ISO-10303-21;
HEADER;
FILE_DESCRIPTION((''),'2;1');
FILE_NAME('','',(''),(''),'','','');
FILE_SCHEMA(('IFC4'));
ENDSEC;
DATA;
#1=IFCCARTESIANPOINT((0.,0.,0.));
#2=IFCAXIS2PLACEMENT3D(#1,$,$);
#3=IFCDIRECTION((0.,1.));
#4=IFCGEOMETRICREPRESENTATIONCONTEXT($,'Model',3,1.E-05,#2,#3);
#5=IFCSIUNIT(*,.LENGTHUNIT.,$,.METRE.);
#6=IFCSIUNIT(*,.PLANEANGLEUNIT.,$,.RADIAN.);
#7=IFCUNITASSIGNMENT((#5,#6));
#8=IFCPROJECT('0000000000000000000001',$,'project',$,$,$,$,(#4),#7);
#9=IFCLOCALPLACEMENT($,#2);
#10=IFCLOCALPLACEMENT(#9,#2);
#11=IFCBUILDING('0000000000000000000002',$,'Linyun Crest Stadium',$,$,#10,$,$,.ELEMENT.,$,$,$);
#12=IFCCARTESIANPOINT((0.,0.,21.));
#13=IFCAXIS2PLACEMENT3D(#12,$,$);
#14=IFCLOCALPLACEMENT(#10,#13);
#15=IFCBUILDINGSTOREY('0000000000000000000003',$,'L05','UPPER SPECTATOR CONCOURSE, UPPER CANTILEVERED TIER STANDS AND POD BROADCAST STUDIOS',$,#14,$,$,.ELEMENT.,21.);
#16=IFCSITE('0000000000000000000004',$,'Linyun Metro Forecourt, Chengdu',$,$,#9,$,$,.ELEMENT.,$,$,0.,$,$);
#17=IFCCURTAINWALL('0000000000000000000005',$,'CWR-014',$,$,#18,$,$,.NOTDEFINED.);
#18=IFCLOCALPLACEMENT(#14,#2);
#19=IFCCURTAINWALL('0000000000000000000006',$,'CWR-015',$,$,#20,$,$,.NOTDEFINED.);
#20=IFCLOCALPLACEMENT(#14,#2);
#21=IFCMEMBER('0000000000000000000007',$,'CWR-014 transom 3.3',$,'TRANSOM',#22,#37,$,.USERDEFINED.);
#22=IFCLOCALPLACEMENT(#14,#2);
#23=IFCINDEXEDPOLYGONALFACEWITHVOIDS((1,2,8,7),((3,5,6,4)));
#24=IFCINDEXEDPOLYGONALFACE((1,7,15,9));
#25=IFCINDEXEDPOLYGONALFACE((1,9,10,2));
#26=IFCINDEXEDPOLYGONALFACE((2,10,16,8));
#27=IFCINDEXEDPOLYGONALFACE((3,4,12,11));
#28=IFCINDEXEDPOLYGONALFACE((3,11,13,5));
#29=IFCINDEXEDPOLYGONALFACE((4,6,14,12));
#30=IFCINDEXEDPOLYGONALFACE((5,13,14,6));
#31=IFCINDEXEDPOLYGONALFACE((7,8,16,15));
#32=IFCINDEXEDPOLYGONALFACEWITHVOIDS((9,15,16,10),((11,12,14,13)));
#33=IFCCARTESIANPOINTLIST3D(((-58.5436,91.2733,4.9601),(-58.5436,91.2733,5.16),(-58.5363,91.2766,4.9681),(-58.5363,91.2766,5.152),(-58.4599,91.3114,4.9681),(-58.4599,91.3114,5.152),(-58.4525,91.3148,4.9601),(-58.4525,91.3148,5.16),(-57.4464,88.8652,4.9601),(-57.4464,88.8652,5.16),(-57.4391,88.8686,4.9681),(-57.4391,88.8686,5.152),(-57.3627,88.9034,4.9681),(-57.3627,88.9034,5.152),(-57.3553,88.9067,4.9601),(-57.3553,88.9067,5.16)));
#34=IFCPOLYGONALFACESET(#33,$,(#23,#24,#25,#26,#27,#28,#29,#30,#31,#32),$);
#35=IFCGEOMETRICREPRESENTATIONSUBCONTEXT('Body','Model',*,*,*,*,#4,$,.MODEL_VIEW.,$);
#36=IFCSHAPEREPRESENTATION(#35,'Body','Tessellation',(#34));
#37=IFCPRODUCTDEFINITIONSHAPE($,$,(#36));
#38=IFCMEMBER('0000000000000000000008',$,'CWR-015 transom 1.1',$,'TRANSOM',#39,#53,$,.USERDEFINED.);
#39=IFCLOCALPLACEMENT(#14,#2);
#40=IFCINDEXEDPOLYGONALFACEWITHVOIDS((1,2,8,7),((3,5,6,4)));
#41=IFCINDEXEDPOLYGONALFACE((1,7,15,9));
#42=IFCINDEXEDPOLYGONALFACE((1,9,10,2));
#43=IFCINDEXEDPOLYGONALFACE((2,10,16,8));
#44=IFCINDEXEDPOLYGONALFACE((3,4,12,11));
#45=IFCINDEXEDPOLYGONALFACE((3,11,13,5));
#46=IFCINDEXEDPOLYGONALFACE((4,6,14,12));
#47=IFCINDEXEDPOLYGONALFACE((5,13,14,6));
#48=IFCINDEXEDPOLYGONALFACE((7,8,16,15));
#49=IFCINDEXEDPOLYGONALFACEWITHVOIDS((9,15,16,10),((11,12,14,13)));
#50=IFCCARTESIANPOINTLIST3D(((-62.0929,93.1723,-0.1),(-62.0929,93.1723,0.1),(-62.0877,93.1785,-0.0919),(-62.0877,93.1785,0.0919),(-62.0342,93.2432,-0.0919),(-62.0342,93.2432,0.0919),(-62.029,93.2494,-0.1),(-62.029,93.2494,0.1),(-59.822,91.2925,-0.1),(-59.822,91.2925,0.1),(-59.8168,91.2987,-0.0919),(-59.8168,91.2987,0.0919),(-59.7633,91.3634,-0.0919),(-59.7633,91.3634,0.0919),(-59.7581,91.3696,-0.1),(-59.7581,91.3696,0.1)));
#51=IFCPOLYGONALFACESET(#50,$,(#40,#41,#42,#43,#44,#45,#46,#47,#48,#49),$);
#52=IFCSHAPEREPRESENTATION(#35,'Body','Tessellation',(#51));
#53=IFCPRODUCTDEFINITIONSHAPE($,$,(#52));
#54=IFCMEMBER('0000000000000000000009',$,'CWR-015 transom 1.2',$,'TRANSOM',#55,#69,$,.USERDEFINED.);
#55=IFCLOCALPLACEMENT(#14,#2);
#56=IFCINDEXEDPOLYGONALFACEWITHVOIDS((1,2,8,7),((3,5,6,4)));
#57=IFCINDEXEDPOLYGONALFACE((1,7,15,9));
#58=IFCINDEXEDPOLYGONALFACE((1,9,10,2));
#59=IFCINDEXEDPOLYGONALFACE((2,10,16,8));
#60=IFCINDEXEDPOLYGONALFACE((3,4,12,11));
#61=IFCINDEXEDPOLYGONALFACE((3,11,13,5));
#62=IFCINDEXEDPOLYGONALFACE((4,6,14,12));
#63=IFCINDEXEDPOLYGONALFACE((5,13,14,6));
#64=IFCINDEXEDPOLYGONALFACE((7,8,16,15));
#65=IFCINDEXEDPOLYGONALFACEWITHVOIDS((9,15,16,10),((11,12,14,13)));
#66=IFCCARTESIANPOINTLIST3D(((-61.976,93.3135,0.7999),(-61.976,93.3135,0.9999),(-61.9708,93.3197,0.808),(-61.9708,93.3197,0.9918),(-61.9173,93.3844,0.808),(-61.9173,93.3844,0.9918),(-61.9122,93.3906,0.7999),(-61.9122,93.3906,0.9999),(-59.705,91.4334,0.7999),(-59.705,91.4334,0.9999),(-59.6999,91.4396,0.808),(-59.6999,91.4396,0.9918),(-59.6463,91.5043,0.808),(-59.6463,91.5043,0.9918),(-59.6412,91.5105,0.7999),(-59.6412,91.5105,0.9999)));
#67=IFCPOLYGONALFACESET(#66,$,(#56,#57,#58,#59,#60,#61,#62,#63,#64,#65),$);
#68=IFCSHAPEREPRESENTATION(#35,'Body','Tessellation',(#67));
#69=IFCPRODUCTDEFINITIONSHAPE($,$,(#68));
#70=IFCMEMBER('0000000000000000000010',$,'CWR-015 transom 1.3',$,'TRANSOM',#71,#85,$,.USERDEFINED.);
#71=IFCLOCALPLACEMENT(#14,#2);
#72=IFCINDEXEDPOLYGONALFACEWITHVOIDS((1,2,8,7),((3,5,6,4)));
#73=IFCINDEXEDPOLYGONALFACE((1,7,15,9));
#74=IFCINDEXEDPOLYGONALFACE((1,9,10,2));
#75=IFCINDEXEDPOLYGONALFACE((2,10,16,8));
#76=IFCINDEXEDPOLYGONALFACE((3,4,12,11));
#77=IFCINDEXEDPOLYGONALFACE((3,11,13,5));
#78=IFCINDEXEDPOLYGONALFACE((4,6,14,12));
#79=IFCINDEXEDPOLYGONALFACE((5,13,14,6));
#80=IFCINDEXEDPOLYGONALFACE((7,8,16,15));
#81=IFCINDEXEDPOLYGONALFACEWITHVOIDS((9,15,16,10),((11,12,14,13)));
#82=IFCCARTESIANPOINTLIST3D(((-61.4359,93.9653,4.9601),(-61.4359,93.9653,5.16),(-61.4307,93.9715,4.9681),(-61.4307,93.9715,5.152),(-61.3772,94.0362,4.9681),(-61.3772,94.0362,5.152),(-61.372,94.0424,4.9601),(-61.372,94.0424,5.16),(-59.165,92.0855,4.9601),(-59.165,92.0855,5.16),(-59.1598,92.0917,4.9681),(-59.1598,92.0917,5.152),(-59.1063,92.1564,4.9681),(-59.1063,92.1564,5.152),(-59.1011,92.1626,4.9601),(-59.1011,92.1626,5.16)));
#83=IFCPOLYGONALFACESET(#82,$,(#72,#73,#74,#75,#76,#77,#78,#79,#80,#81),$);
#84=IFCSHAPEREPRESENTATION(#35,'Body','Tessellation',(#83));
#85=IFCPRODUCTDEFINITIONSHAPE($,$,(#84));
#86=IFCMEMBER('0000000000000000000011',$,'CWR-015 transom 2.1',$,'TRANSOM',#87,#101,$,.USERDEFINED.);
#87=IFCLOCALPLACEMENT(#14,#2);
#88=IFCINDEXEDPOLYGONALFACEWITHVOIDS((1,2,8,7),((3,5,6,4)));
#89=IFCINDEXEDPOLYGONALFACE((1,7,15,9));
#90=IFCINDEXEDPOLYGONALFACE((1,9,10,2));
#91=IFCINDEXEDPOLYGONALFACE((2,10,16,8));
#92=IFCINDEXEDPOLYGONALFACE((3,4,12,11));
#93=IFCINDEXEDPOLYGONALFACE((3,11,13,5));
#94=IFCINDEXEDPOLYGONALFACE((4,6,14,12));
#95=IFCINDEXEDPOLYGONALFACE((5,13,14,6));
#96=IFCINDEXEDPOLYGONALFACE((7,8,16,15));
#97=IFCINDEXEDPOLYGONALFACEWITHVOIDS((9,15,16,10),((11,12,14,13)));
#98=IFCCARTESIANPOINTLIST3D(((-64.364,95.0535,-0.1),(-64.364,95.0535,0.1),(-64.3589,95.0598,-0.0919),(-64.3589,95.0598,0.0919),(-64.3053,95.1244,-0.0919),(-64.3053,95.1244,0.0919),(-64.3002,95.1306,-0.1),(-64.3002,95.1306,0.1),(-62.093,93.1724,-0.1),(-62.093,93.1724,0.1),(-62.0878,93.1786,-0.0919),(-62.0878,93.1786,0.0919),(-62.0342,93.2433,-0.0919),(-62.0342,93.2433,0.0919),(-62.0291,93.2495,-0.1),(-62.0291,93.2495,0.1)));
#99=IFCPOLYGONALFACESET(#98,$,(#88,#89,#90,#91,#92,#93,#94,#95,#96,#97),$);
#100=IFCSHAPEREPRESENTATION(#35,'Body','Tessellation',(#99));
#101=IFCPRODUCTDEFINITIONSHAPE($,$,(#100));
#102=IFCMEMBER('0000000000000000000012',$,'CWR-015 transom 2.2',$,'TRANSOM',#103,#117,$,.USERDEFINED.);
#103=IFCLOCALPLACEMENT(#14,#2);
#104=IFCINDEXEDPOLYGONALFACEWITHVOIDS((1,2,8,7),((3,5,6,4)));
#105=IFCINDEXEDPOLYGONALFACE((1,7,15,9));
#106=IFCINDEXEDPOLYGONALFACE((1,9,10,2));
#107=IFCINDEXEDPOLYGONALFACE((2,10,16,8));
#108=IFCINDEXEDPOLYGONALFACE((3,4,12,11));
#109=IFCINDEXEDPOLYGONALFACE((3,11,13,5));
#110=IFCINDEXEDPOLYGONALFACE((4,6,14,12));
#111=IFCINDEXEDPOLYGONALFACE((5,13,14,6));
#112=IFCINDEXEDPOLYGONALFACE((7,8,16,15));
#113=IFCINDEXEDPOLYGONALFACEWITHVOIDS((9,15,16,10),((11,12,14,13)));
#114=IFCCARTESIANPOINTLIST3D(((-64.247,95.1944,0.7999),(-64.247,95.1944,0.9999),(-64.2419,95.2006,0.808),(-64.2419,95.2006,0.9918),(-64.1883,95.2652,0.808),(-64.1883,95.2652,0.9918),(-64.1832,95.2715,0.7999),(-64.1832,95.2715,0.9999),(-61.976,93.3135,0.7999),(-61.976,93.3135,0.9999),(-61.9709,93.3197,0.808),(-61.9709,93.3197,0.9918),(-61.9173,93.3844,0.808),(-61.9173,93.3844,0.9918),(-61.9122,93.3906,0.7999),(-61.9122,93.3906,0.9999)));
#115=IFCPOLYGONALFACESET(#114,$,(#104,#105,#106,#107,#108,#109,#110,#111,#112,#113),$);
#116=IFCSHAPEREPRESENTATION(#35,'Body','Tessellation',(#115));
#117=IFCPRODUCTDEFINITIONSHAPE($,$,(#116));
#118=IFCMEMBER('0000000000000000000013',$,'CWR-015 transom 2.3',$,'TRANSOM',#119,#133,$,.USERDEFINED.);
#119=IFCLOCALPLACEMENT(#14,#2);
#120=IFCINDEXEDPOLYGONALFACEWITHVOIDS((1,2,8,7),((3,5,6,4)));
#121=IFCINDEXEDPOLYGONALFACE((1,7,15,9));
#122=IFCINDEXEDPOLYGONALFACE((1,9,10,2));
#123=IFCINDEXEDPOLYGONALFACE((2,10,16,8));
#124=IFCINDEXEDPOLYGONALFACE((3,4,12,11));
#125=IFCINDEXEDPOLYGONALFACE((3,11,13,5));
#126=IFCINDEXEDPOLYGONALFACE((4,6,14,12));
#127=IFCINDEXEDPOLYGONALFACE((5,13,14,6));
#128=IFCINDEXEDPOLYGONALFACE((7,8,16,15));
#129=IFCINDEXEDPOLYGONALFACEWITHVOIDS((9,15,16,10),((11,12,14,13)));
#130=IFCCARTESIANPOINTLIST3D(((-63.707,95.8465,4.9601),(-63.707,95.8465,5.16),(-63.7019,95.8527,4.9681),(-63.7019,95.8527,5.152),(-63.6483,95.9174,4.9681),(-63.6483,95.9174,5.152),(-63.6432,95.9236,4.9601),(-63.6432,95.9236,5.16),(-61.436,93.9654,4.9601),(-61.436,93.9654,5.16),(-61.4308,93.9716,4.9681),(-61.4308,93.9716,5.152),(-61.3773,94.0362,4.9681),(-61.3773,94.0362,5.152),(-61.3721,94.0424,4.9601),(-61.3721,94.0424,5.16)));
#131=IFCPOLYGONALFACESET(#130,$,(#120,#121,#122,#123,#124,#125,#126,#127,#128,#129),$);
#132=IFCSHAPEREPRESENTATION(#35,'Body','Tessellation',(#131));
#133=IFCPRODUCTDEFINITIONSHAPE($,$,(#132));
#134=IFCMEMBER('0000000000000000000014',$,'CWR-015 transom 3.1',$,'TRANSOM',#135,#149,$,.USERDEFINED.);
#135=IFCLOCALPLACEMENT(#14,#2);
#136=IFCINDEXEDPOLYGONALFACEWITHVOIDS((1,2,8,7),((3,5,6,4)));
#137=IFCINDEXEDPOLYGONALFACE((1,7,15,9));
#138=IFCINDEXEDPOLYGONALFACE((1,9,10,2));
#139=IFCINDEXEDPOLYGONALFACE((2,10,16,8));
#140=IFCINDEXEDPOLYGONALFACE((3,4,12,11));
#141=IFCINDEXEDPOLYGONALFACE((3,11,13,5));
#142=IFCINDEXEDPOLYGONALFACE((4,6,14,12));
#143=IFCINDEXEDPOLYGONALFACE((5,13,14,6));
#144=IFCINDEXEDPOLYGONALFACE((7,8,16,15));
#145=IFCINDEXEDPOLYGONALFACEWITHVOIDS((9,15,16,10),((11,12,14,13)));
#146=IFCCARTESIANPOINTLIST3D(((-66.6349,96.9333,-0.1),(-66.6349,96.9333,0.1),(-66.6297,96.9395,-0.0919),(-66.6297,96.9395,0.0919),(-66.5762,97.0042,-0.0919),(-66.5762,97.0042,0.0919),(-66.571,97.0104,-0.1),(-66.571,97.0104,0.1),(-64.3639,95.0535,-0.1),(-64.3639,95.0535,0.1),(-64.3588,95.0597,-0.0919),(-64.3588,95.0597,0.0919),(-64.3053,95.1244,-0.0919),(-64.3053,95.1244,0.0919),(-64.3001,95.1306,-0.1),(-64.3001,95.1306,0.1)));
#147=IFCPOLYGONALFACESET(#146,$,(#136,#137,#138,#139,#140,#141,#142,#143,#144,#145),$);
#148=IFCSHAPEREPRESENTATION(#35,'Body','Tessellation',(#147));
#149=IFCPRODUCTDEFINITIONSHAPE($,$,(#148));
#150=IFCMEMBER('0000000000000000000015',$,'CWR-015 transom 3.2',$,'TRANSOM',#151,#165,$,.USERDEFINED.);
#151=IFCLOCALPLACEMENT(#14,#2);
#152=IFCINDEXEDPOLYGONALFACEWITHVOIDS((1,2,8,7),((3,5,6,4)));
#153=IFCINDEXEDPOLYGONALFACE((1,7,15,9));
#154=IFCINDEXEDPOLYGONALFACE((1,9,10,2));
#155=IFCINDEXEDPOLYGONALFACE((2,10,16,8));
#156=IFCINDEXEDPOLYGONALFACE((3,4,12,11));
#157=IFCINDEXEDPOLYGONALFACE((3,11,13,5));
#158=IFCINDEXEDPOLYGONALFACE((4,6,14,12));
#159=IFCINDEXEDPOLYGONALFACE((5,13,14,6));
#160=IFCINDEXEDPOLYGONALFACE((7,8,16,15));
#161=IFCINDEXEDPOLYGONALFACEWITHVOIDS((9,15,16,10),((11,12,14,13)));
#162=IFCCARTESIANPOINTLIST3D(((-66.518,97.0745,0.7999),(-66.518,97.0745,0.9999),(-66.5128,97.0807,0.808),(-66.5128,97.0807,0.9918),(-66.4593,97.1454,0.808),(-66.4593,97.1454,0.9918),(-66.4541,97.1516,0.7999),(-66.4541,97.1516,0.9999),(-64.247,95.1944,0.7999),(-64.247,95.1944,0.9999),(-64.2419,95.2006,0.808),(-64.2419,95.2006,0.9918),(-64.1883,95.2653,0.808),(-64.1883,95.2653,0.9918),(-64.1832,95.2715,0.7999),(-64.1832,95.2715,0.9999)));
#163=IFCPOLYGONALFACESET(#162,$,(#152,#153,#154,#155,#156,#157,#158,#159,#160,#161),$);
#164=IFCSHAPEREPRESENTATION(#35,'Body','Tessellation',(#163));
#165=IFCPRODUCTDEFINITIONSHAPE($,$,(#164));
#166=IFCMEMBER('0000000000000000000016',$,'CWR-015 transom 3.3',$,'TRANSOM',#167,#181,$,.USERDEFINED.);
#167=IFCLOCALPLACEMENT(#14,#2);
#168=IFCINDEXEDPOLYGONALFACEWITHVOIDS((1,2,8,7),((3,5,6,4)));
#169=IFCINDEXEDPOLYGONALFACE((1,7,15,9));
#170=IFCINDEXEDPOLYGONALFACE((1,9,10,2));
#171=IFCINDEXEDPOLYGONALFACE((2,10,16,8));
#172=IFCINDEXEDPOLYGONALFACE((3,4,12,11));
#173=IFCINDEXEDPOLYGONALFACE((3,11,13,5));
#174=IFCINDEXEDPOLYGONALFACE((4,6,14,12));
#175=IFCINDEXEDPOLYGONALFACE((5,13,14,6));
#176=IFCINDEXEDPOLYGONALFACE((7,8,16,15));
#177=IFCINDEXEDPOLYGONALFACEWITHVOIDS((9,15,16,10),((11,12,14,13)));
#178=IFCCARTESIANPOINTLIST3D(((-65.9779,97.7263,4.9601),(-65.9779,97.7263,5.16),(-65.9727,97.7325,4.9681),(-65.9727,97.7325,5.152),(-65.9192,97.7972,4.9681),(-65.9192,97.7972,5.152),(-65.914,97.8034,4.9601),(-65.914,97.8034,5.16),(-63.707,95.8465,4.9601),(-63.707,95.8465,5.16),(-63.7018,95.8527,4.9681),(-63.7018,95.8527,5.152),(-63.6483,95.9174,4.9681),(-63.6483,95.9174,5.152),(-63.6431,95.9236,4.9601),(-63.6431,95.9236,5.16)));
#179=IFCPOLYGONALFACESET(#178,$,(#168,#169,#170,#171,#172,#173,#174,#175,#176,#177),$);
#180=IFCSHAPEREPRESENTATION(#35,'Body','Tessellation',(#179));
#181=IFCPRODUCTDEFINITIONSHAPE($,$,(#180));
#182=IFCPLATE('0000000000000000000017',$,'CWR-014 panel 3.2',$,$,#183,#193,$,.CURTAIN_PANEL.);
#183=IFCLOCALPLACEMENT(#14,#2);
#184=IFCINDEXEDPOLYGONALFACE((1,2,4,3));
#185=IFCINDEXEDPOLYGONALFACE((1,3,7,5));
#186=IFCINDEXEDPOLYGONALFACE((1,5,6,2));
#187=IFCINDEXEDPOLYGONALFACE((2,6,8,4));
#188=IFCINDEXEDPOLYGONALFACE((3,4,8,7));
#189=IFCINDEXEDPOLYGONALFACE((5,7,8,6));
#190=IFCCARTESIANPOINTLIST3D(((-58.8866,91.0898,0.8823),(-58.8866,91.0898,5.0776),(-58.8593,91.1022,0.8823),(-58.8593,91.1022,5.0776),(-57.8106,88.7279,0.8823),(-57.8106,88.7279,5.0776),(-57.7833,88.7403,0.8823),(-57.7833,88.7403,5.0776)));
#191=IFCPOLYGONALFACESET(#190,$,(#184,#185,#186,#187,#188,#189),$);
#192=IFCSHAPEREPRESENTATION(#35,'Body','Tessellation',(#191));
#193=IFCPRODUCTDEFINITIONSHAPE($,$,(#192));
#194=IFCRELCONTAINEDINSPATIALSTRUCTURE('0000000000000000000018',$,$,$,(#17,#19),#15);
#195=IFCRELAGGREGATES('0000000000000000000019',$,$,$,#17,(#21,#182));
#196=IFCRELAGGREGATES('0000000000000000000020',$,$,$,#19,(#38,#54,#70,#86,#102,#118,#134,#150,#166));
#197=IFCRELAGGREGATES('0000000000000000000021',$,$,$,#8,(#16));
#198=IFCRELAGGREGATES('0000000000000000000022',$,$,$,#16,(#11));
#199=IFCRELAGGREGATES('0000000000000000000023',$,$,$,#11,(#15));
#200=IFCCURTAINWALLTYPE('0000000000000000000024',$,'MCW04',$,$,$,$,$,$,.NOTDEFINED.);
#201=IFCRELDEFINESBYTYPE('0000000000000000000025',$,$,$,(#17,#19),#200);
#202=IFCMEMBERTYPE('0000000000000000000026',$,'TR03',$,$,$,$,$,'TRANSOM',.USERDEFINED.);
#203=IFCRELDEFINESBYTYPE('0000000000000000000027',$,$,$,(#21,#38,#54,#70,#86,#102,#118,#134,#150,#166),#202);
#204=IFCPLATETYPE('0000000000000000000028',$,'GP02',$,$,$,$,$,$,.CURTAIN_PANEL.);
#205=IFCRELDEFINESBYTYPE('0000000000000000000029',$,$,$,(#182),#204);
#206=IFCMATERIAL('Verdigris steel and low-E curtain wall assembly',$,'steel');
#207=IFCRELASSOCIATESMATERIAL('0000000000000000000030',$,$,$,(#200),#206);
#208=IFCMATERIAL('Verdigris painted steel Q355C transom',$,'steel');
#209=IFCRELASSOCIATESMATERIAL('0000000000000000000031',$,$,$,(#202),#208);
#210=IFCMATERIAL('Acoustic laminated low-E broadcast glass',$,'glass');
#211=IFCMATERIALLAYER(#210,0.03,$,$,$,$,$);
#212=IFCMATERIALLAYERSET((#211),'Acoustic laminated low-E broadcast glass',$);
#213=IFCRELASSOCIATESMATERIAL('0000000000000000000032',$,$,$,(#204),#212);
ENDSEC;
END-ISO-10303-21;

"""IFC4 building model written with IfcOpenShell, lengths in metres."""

from ifc_helpers import new_model, si_unit, direction, frame, origin, origin_2d, place, context, subcontext, project, spatial, rectangle, hollow_rectangle, extrude, material, layer, layer_set, material_profile, profile_set, type_object, element, aggregate, save


model = new_model("IFC4")

# Units and contexts
model_context = context("Model", 3, precision=1e-05, world=origin(), true_north=direction((0.0, 1.0)))
body_context = subcontext(model_context, "Body", "Model", "MODEL_VIEW")
ifc_project = project(units=[si_unit("LENGTHUNIT", "METRE"), si_unit("PLANEANGLEUNIT", "RADIAN")], contexts=[model_context])

# Site, building, storey
site_placement = place(None, origin())
site = spatial("IfcSite", under=ifc_project, at=site_placement, Name="Linyun Metro Forecourt, Chengdu", CompositionType="ELEMENT", RefElevation=0.0)
building_placement = place(site_placement, origin())
building = spatial("IfcBuilding", under=site, at=building_placement, Name="Linyun Crest Stadium", CompositionType="ELEMENT")
storey_placement = place(building_placement, frame((0.0, 0.0, 21.0)))
storey = spatial("IfcBuildingStorey", under=building, at=storey_placement, Name="L05", Description="UPPER SPECTATOR CONCOURSE, UPPER CANTILEVERED TIER STANDS AND POD BROADCAST STUDIOS", CompositionType="ELEMENT", Elevation=21.0)

# Curtain wall
ifc_material_1 = material(Name="Verdigris steel and low-E curtain wall assembly", Category="steel")
curtain_wall_type = type_object("IfcCurtainWallType", Name="MCW04", PredefinedType="NOTDEFINED", material=ifc_material_1)
curtain_wall_1_placement = place(storey_placement, origin())
curtain_wall_1 = element("IfcCurtainWall", 1, at=curtain_wall_1_placement, inside=storey, type_object=curtain_wall_type, Name="CWR-014", PredefinedType="NOTDEFINED")

# Curtain wall
curtain_wall_2_placement = place(storey_placement, origin())
curtain_wall_2 = element("IfcCurtainWall", 2, at=curtain_wall_2_placement, inside=storey, type_object=curtain_wall_type, Name="CWR-015", PredefinedType="NOTDEFINED")

# Members
ifc_material_2 = material(Name="Verdigris painted steel Q355C transom", Category="steel")
ifc_material_profile_1 = material_profile(ifc_material_2, hollow_rectangle(XDim=0.1001, YDim=0.2, WallThickness=0.0081, at=origin_2d()), Name="RHS 200x100x8")
ifc_profile_set_1 = profile_set([ifc_material_profile_1], Name="Verdigris painted steel Q355C transom")
member_type_1 = type_object("IfcMemberType", Name="TR03", ElementType="TRANSOM", PredefinedType="USERDEFINED", material=ifc_profile_set_1)
member_1_placement = place(storey_placement, frame((-57.4009, 88.886, 5.0601), z_axis=(-0.41463, 0.90999, 0.0), x_axis=(-0.90999, -0.41463, 0.0)))
member_1 = element("IfcMember", 3, at=member_1_placement, type_object=member_type_1, Name="CWR-014 transom 3.3", ObjectType="TRANSOM", PredefinedType="USERDEFINED", context=body_context, shape_type="SweptSolid", body=[
    extrude(hollow_rectangle(XDim=0.1001, YDim=0.2, WallThickness=0.0081, at=origin_2d()), origin(), (0.0, 0.0, 1.0), 2.6462),
])
member_2_placement = place(storey_placement, frame((-59.79, 91.3311, 0.0), z_axis=(-0.770321, 0.637656, 0.0), x_axis=(-0.637656, -0.770321, 0.0)))
member_2 = element("IfcMember", 4, at=member_2_placement, type_object=member_type_1, Name="CWR-015 transom 1.1", ObjectType="TRANSOM", PredefinedType="USERDEFINED", context=body_context, shape_type="SweptSolid", body=[
    extrude(hollow_rectangle(XDim=0.1001, YDim=0.2, WallThickness=0.0081, at=origin_2d()), origin(), (0.0, 0.0, 1.0), 2.948),
])
member_3_placement = place(storey_placement, frame((-59.6731, 91.4719, 0.8999), z_axis=(-0.770281, 0.637705, 0.0), x_axis=(-0.637705, -0.770281, 0.0)))
member_3 = element("IfcMember", 5, at=member_3_placement, type_object=member_type_1, Name="CWR-015 transom 1.2", ObjectType="TRANSOM", PredefinedType="USERDEFINED", context=body_context, shape_type="SweptSolid", body=[
    extrude(hollow_rectangle(XDim=0.1001, YDim=0.2, WallThickness=0.0081, at=origin_2d()), origin(), (0.0, 0.0, 1.0), 2.9482),
])
member_4_placement = place(storey_placement, frame((-59.1331, 92.124, 5.0601), z_axis=(-0.770321, 0.637656, 0.0), x_axis=(-0.637656, -0.770321, 0.0)))
member_4 = element("IfcMember", 6, at=member_4_placement, type_object=member_type_1, Name="CWR-015 transom 1.3", ObjectType="TRANSOM", PredefinedType="USERDEFINED", context=body_context, shape_type="SweptSolid", body=[
    extrude(hollow_rectangle(XDim=0.1001, YDim=0.2, WallThickness=0.0081, at=origin_2d()), origin(), (0.0, 0.0, 1.0), 2.948),
])
member_5_placement = place(storey_placement, frame((-62.061, 93.2109, 0.0), z_axis=(-0.770118, 0.637901, 0.0), x_axis=(-0.637901, -0.770118, 0.0)))
member_5 = element("IfcMember", 7, at=member_5_placement, type_object=member_type_1, Name="CWR-015 transom 2.1", ObjectType="TRANSOM", PredefinedType="USERDEFINED", context=body_context, shape_type="SweptSolid", body=[
    extrude(hollow_rectangle(XDim=0.1001, YDim=0.2, WallThickness=0.0081, at=origin_2d()), origin(), (0.0, 0.0, 1.0), 2.949),
])
member_6_placement = place(storey_placement, frame((-61.9441, 93.3521, 0.8999), z_axis=(-0.770159, 0.637852, 0.0), x_axis=(-0.637852, -0.770159, 0.0)))
member_6 = element("IfcMember", 8, at=member_6_placement, type_object=member_type_1, Name="CWR-015 transom 2.2", ObjectType="TRANSOM", PredefinedType="USERDEFINED", context=body_context, shape_type="SweptSolid", body=[
    extrude(hollow_rectangle(XDim=0.1001, YDim=0.2, WallThickness=0.0081, at=origin_2d()), origin(), (0.0, 0.0, 1.0), 2.9487),
])
member_7_placement = place(storey_placement, frame((-61.4041, 94.0039, 5.0601), z_axis=(-0.770118, 0.637901, 0.0), x_axis=(-0.637901, -0.770118, 0.0)))
member_7 = element("IfcMember", 9, at=member_7_placement, type_object=member_type_1, Name="CWR-015 transom 2.3", ObjectType="TRANSOM", PredefinedType="USERDEFINED", context=body_context, shape_type="SweptSolid", body=[
    extrude(hollow_rectangle(XDim=0.1001, YDim=0.2, WallThickness=0.0081, at=origin_2d()), origin(), (0.0, 0.0, 1.0), 2.949),
])
member_8_placement = place(storey_placement, frame((-64.332, 95.092, 0.0), z_axis=(-0.770321, 0.637656, 0.0), x_axis=(-0.637656, -0.770321, 0.0)))
member_8 = element("IfcMember", 10, at=member_8_placement, type_object=member_type_1, Name="CWR-015 transom 3.1", ObjectType="TRANSOM", PredefinedType="USERDEFINED", context=body_context, shape_type="SweptSolid", body=[
    extrude(hollow_rectangle(XDim=0.1001, YDim=0.2, WallThickness=0.0081, at=origin_2d()), origin(), (0.0, 0.0, 1.0), 2.948),
])
member_9_placement = place(storey_placement, frame((-64.2151, 95.2329, 0.8999), z_axis=(-0.770281, 0.637705, 0.0), x_axis=(-0.637705, -0.770281, 0.0)))
member_9 = element("IfcMember", 11, at=member_9_placement, type_object=member_type_1, Name="CWR-015 transom 3.2", ObjectType="TRANSOM", PredefinedType="USERDEFINED", context=body_context, shape_type="SweptSolid", body=[
    extrude(hollow_rectangle(XDim=0.1001, YDim=0.2, WallThickness=0.0081, at=origin_2d()), origin(), (0.0, 0.0, 1.0), 2.9482),
])
member_10_placement = place(storey_placement, frame((-63.675, 95.885, 5.0601), z_axis=(-0.770321, 0.637656, 0.0), x_axis=(-0.637656, -0.770321, 0.0)))
member_10 = element("IfcMember", 12, at=member_10_placement, type_object=member_type_1, Name="CWR-015 transom 3.3", ObjectType="TRANSOM", PredefinedType="USERDEFINED", context=body_context, shape_type="SweptSolid", body=[
    extrude(hollow_rectangle(XDim=0.1001, YDim=0.2, WallThickness=0.0081, at=origin_2d()), origin(), (0.0, 0.0, 1.0), 2.948),
])

# Plate
ifc_material_3 = material(Name="Acoustic laminated low-E broadcast glass", Category="glass")
ifc_layer_1 = layer(ifc_material_3, 0.03)
ifc_layer_set_1 = layer_set([ifc_layer_1], Name="Acoustic laminated low-E broadcast glass")
plate_type_1 = type_object("IfcPlateType", Name="GP02", PredefinedType="CURTAIN_PANEL", material=ifc_layer_set_1)
plate_1_placement = place(storey_placement, frame((-58.335, 89.915, 0.8823), z_axis=(0.0, 0.0, 1.0), x_axis=(-0.414566, 0.910019, 0.0)))
plate_1 = element("IfcPlate", 13, at=plate_1_placement, type_object=plate_type_1, Name="CWR-014 panel 3.2", PredefinedType="CURTAIN_PANEL", context=body_context, shape_type="SweptSolid", body=[
    extrude(rectangle(XDim=2.5955, YDim=0.03, at=origin_2d()), origin(), (0.0, 0.0, 1.0), 4.1953),
])
aggregate(curtain_wall_1, [member_1, plate_1])
aggregate(curtain_wall_2, [member_2, member_3, member_4, member_5, member_6, member_7, member_8, member_9, member_10])

save(model, "model.ifc")
